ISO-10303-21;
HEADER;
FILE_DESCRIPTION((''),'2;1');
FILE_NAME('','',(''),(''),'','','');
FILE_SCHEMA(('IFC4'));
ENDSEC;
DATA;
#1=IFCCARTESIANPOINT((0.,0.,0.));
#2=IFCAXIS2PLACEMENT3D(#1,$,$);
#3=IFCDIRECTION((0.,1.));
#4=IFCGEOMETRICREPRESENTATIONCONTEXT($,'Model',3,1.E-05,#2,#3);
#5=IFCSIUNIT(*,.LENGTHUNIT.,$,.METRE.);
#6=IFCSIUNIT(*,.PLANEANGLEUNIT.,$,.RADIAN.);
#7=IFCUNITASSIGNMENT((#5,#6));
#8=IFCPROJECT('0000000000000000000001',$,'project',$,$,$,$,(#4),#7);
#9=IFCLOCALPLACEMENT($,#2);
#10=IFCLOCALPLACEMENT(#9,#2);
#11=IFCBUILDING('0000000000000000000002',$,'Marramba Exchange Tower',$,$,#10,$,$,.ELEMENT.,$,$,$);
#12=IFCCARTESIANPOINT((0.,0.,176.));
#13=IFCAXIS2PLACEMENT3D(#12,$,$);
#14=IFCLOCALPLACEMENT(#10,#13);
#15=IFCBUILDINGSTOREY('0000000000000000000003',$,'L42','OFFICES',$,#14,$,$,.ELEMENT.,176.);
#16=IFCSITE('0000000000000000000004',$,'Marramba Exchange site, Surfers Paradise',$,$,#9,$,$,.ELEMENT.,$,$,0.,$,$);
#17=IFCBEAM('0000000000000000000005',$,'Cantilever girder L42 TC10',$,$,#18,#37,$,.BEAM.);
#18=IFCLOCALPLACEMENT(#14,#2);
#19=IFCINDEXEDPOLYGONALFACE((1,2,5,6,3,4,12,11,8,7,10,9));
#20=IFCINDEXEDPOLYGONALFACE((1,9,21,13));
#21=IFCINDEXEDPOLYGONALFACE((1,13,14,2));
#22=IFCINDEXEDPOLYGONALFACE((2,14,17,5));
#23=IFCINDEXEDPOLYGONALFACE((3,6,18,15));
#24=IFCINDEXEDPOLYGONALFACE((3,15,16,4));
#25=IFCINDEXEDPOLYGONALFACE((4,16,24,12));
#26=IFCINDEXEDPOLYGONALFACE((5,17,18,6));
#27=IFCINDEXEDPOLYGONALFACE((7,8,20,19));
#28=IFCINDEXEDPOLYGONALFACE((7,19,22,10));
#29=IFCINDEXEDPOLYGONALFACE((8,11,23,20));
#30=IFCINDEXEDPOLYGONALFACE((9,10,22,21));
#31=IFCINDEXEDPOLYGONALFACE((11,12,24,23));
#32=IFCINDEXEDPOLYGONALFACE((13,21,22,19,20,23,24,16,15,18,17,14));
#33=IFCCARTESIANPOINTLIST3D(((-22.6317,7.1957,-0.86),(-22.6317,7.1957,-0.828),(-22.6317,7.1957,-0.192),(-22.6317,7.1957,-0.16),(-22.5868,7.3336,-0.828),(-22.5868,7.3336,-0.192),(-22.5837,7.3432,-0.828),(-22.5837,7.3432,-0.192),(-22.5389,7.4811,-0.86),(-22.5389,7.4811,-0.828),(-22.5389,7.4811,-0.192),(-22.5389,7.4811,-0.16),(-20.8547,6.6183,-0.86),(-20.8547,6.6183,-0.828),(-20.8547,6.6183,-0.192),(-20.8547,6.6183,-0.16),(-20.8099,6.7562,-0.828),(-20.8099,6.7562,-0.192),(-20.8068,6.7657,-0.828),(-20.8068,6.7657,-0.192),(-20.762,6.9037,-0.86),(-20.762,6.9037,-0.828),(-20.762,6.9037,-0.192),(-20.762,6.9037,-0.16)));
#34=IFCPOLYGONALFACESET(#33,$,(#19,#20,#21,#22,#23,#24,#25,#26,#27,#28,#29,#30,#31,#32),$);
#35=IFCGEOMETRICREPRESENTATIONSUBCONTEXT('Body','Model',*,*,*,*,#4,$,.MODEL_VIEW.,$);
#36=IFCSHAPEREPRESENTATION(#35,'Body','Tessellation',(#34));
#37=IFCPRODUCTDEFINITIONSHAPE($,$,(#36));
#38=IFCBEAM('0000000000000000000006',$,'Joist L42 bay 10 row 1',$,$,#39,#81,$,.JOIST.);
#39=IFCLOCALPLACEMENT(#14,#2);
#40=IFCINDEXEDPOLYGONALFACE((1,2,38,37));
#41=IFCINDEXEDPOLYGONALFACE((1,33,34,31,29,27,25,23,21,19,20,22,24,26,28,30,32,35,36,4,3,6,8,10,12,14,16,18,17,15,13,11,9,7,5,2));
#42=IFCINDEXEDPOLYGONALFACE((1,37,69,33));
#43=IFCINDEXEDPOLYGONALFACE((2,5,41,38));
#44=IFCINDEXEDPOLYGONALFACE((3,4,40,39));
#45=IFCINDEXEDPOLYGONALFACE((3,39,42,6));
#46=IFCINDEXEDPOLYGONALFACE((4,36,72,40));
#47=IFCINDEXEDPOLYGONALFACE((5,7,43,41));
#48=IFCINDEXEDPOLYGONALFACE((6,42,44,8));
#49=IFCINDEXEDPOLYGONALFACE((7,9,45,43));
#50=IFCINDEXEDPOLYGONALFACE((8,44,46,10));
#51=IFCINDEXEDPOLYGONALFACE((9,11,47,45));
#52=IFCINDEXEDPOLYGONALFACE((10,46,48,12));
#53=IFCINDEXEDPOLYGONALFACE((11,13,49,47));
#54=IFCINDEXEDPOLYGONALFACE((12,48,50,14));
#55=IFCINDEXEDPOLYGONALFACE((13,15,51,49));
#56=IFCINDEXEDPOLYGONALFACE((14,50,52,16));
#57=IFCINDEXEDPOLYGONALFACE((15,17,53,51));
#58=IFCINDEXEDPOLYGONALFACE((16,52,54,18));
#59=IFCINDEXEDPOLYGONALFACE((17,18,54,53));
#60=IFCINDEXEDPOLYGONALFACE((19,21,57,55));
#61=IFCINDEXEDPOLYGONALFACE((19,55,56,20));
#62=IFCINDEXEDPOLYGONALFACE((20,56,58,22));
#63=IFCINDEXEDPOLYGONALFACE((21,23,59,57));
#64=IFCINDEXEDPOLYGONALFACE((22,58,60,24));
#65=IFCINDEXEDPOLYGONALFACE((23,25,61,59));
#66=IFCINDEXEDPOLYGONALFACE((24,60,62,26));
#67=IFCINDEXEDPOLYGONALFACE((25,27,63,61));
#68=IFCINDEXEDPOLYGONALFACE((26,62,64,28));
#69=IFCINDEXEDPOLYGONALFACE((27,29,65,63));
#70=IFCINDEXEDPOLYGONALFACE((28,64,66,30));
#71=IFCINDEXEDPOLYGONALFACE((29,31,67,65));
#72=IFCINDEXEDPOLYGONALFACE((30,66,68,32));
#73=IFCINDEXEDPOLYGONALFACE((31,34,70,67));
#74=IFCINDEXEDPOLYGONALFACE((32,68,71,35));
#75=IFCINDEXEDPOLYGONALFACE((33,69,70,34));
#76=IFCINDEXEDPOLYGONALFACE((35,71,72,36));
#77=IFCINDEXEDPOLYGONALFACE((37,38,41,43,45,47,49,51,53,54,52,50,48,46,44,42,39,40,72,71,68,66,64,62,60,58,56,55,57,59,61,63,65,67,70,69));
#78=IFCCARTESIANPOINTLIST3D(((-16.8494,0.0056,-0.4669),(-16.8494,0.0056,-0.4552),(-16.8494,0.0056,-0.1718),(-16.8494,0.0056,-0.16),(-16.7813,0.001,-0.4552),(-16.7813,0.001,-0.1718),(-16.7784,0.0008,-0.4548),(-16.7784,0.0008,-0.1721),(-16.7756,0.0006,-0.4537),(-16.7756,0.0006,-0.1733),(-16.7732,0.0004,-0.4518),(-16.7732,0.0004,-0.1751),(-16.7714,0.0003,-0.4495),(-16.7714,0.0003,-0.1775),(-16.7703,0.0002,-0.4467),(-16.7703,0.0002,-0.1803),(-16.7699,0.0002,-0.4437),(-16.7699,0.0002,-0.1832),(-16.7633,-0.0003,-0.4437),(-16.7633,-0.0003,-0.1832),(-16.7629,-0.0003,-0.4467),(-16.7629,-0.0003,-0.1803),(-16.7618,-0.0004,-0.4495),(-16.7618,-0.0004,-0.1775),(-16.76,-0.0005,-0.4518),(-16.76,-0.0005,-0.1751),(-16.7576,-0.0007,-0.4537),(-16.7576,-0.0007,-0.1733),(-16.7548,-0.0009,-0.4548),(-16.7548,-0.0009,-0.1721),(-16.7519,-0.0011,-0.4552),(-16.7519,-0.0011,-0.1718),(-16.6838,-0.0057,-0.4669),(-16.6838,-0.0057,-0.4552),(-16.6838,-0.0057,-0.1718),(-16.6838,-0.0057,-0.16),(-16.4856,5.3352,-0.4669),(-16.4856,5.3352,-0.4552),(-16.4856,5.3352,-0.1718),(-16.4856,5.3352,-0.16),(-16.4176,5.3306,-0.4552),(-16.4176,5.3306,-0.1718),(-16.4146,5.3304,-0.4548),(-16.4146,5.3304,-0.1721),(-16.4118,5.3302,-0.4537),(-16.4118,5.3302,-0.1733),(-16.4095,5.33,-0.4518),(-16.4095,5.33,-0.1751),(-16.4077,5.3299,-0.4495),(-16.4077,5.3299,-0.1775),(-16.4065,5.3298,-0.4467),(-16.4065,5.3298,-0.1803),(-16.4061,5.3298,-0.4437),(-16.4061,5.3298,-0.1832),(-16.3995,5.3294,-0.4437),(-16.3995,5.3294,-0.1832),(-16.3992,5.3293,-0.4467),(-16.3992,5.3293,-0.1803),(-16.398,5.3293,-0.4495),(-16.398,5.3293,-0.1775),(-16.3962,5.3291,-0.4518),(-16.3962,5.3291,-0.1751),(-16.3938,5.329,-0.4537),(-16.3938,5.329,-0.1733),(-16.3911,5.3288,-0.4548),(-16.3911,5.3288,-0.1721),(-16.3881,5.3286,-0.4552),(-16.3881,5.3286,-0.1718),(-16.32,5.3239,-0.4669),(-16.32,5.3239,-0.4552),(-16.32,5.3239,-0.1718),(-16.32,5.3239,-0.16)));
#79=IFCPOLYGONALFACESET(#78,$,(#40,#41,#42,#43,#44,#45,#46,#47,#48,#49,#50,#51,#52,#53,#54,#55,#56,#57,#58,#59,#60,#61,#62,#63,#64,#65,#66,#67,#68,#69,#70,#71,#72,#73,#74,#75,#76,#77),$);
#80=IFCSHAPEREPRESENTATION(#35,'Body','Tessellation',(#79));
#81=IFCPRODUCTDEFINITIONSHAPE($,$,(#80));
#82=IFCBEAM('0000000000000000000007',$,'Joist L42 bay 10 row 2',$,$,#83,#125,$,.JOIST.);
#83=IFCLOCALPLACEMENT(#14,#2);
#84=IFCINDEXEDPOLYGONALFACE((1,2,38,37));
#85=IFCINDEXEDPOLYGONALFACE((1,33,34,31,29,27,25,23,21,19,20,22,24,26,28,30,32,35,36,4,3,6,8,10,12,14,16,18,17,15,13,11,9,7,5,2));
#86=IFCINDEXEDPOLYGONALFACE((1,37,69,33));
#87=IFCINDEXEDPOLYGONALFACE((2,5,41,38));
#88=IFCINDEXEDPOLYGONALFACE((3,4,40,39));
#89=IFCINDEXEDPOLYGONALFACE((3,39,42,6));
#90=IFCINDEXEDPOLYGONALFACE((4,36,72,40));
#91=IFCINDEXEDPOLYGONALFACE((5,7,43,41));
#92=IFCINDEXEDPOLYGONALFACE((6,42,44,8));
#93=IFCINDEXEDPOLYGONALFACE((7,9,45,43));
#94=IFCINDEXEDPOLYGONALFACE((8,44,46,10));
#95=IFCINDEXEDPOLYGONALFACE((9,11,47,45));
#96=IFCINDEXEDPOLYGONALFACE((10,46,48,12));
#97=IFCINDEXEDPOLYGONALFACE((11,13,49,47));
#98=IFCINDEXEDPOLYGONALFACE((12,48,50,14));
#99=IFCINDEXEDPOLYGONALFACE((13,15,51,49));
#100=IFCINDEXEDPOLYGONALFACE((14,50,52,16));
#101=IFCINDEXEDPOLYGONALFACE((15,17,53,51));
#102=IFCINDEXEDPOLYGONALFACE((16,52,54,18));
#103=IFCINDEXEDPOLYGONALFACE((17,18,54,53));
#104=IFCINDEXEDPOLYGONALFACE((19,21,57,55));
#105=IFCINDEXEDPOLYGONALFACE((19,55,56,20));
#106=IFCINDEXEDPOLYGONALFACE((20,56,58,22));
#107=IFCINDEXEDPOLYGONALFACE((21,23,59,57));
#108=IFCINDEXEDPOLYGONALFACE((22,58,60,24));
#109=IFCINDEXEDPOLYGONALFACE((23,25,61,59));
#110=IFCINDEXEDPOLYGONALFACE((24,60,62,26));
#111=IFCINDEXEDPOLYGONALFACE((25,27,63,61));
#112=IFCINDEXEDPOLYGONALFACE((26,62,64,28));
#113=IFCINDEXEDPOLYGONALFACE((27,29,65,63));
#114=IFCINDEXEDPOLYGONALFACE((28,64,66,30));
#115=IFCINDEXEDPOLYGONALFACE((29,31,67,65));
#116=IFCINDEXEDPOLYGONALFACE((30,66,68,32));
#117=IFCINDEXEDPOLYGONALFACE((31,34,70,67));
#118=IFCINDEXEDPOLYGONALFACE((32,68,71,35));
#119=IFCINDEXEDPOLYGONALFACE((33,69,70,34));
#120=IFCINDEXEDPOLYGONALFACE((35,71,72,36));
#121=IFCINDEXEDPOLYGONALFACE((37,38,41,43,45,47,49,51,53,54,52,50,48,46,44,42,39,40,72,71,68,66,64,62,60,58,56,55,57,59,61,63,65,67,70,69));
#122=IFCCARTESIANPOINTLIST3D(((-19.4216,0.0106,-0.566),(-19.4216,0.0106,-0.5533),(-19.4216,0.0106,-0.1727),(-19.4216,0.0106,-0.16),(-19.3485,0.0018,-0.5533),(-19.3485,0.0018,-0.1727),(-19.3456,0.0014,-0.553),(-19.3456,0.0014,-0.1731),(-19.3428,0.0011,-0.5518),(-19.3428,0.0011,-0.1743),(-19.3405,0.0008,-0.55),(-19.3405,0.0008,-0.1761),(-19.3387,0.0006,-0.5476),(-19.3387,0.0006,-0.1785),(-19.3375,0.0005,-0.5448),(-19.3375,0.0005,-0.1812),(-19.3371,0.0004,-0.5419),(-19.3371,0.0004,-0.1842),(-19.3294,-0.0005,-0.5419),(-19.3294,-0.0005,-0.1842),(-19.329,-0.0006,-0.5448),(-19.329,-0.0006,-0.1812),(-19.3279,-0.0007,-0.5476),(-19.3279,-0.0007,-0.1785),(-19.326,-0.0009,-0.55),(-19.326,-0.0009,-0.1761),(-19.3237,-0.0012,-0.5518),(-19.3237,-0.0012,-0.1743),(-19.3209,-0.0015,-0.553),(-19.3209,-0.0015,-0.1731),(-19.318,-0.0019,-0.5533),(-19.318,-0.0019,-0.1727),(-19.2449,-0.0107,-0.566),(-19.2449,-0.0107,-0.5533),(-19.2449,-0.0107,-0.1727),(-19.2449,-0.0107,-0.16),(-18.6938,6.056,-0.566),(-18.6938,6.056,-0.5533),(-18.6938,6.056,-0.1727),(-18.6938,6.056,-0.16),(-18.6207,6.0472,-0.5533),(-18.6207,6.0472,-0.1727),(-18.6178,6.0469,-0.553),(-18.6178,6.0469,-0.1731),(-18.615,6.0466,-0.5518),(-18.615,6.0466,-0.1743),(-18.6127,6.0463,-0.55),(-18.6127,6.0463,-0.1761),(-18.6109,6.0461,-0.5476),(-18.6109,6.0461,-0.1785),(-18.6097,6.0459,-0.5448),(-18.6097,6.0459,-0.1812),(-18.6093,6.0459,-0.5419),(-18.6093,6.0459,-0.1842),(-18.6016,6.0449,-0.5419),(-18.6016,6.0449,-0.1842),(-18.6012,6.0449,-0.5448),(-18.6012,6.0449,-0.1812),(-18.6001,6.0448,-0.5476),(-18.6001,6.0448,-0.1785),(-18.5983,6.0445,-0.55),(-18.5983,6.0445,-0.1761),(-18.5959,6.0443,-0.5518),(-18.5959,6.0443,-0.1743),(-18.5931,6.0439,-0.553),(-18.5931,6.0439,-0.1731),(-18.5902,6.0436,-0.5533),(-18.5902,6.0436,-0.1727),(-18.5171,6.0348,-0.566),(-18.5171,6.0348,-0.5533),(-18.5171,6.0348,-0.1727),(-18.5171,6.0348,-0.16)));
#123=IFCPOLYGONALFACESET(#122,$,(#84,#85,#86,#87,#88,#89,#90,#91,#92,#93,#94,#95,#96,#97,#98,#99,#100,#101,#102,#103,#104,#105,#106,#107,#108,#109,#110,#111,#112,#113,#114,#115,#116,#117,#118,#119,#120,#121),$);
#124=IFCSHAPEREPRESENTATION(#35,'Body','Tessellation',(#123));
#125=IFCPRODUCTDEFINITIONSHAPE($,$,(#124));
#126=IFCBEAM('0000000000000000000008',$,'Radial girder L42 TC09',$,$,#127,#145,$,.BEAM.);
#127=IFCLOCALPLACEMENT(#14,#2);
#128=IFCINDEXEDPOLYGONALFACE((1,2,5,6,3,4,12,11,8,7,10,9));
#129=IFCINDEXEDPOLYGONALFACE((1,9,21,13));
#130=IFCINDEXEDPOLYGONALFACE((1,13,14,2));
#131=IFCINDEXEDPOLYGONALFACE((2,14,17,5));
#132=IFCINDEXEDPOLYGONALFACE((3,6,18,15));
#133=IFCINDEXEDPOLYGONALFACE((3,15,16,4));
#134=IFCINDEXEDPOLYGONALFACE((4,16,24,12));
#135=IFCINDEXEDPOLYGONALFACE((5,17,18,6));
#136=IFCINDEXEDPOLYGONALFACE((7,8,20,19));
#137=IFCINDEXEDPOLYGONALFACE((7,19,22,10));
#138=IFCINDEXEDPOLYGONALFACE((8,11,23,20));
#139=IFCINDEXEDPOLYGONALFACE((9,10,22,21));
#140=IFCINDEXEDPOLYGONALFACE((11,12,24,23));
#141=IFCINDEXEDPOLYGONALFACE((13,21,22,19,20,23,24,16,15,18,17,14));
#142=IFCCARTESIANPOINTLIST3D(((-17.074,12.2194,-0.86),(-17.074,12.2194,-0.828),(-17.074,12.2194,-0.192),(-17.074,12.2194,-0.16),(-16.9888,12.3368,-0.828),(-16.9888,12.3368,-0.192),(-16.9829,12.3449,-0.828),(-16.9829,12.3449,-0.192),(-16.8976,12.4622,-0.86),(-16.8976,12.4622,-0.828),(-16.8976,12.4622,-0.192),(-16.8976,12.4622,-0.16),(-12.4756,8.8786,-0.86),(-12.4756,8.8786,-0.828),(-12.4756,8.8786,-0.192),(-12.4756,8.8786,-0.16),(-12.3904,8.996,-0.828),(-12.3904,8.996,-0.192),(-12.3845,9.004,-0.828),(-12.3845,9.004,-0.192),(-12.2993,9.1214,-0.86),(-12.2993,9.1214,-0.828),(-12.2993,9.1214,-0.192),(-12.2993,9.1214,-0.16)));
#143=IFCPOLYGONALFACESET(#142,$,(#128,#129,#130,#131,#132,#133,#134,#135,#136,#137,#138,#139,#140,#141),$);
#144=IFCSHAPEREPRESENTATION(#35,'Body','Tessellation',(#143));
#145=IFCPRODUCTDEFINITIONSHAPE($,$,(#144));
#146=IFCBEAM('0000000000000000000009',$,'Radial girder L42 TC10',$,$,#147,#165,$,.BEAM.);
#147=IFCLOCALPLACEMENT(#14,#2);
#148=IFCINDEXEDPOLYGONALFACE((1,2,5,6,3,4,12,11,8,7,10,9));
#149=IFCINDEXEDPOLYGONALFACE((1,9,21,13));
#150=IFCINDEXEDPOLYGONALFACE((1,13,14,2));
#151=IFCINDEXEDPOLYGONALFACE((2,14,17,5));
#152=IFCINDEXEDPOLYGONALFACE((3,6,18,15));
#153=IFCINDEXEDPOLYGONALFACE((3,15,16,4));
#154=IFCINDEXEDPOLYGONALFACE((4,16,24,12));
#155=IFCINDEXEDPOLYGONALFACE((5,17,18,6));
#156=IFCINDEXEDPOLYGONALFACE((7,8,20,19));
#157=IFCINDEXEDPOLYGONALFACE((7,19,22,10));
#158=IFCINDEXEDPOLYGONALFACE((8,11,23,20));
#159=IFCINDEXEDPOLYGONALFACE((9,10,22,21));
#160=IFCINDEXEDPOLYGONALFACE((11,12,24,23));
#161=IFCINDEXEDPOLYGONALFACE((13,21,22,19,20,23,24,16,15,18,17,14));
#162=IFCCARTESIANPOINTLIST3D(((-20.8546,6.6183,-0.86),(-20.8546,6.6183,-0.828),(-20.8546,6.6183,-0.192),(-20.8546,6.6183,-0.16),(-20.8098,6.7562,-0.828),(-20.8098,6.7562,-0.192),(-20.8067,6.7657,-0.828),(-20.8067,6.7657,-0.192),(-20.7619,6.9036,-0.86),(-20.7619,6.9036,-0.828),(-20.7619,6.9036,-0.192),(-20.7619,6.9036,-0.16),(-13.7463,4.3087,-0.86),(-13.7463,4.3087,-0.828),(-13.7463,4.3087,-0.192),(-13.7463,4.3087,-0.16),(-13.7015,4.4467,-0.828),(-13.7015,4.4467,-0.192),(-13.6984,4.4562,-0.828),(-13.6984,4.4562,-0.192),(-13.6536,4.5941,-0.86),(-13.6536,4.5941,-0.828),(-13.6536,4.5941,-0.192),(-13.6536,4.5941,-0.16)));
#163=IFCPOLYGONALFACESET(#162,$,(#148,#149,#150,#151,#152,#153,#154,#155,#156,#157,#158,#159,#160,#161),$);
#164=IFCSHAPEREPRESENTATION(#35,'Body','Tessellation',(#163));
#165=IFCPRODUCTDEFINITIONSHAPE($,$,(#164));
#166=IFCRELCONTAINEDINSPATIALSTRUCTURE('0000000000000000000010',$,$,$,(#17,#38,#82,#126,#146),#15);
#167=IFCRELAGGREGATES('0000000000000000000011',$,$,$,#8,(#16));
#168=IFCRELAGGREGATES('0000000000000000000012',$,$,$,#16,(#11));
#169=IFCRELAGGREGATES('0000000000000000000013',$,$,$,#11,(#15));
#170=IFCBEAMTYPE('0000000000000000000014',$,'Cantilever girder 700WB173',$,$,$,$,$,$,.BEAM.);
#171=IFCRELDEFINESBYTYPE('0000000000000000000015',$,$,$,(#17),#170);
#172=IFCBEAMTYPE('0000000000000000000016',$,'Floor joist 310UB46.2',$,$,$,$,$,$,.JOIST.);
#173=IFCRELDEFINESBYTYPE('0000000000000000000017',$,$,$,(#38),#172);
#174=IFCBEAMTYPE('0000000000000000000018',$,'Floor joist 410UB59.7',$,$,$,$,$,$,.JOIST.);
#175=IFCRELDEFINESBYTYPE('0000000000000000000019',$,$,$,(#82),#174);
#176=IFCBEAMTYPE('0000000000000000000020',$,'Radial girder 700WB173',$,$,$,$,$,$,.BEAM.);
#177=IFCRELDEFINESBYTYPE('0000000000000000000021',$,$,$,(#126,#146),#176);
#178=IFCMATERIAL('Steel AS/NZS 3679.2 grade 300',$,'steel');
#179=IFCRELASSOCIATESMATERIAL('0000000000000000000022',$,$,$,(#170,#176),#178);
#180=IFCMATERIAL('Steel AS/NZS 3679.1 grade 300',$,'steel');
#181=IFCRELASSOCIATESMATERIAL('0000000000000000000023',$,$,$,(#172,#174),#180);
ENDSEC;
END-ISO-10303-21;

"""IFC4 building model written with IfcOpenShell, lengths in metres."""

from ifc_helpers import new_model, si_unit, direction, frame, origin, origin_2d, place, context, subcontext, project, spatial, i_section, extrude, material, material_profile, profile_set, type_object, element, save


model = new_model("IFC4")

# Units and contexts
model_context = context("Model", 3, precision=1e-05, world=origin(), true_north=direction((0.0, 1.0)))
body_context = subcontext(model_context, "Body", "Model", "MODEL_VIEW")
ifc_project = project(units=[si_unit("LENGTHUNIT", "METRE"), si_unit("PLANEANGLEUNIT", "RADIAN")], contexts=[model_context])

# Site, building, storey
site_placement = place(None, origin())
site = spatial("IfcSite", under=ifc_project, at=site_placement, Name="Marramba Exchange site, Surfers Paradise", CompositionType="ELEMENT", RefElevation=0.0)
building_placement = place(site_placement, origin())
building = spatial("IfcBuilding", under=site, at=building_placement, Name="Marramba Exchange Tower", CompositionType="ELEMENT")
storey_placement = place(building_placement, frame((0.0, 0.0, 176.0)))
storey = spatial("IfcBuildingStorey", under=building, at=storey_placement, Name="L42", Description="OFFICES", CompositionType="ELEMENT", Elevation=176.0)

# Beams
ifc_material_1 = material(Name="Steel AS/NZS 3679.2 grade 300", Category="steel")
ifc_material_profile_1 = material_profile(ifc_material_1, i_section(OverallWidth=0.3, OverallDepth=0.7, WebThickness=0.01, FlangeThickness=0.032, at=origin_2d()), Name="700WB173")
ifc_profile_set_1 = profile_set([ifc_material_profile_1], Name="Steel AS/NZS 3679.2 grade 300")
beam_type_1 = type_object("IfcBeamType", Name="Cantilever girder 700WB173", PredefinedType="BEAM", material=ifc_profile_set_1)
beam_1_placement = place(storey_placement, frame((-20.8083, 6.761, -0.51), z_axis=(-0.951048, 0.309045, 0.0), x_axis=(-0.309045, -0.951048, 0.0)))
element("IfcBeam", 1, at=beam_1_placement, inside=storey, type_object=beam_type_1, Name="Cantilever girder L42 TC10", PredefinedType="BEAM", context=body_context, shape_type="SweptSolid", body=[
    extrude(i_section(OverallWidth=0.3, OverallDepth=0.7, WebThickness=0.01, FlangeThickness=0.032, at=origin_2d()), origin(), (0.0, 0.0, 1.0), 1.8684),
])
ifc_material_2 = material(Name="Steel AS/NZS 3679.1 grade 300", Category="steel")
ifc_material_profile_2 = material_profile(ifc_material_2, i_section(OverallWidth=0.166, OverallDepth=0.3069, WebThickness=0.0066, FlangeThickness=0.0117, FilletRadius=0.0115, at=origin_2d()), Name="310UB46.2")
ifc_profile_set_2 = profile_set([ifc_material_profile_2], Name="Steel AS/NZS 3679.1 grade 300")
beam_type_2 = type_object("IfcBeamType", Name="Floor joist 310UB46.2", PredefinedType="JOIST", material=ifc_profile_set_2)
beam_2_placement = place(storey_placement, frame((-16.4028, 5.3296, -0.3135), z_axis=(-0.068096, -0.997679, 0.0), x_axis=(0.997679, -0.068096, 0.0)))
element("IfcBeam", 2, at=beam_2_placement, inside=storey, type_object=beam_type_2, Name="Joist L42 bay 10 row 1", PredefinedType="JOIST", context=body_context, shape_type="SweptSolid", body=[
    extrude(i_section(OverallWidth=0.166, OverallDepth=0.3069, WebThickness=0.0066, FlangeThickness=0.0117, FilletRadius=0.0115, at=origin_2d()), origin(), (0.0, 0.0, 1.0), 5.342),
])
ifc_material_profile_3 = material_profile(ifc_material_2, i_section(OverallWidth=0.178, OverallDepth=0.406, WebThickness=0.0078, FlangeThickness=0.0127, FilletRadius=0.0115, at=origin_2d()), Name="410UB59.7")
ifc_profile_set_3 = profile_set([ifc_material_profile_3], Name="Steel AS/NZS 3679.1 grade 300")
beam_type_3 = type_object("IfcBeamType", Name="Floor joist 410UB59.7", PredefinedType="JOIST", material=ifc_profile_set_3)
beam_3_placement = place(storey_placement, frame((-18.6055, 6.0454, -0.363), z_axis=(-0.119523, -0.992831, 0.0), x_axis=(0.992831, -0.119523, 0.0)))
element("IfcBeam", 3, at=beam_3_placement, inside=storey, type_object=beam_type_3, Name="Joist L42 bay 10 row 2", PredefinedType="JOIST", context=body_context, shape_type="SweptSolid", body=[
    extrude(i_section(OverallWidth=0.178, OverallDepth=0.406, WebThickness=0.0078, FlangeThickness=0.0127, FilletRadius=0.0115, at=origin_2d()), origin(), (0.0, 0.0, 1.0), 6.0891),
])
ifc_material_profile_4 = material_profile(ifc_material_1, i_section(OverallWidth=0.3, OverallDepth=0.7, WebThickness=0.01, FlangeThickness=0.032, at=origin_2d()), Name="700WB173")
ifc_profile_set_4 = profile_set([ifc_material_profile_4], Name="Steel AS/NZS 3679.2 grade 300")
beam_type_4 = type_object("IfcBeamType", Name="Radial girder 700WB173", PredefinedType="BEAM", material=ifc_profile_set_4)
beam_4_placement = place(storey_placement, frame((-12.3875, 9.0, -0.51), z_axis=(-0.809026, 0.587773, 0.0), x_axis=(-0.587773, -0.809026, 0.0)))
element("IfcBeam", 4, at=beam_4_placement, inside=storey, type_object=beam_type_4, Name="Radial girder L42 TC09", PredefinedType="BEAM", context=body_context, shape_type="SweptSolid", body=[
    extrude(i_section(OverallWidth=0.3, OverallDepth=0.7, WebThickness=0.01, FlangeThickness=0.032, at=origin_2d()), origin(), (0.0, 0.0, 1.0), 5.6838),
])
beam_5_placement = place(storey_placement, frame((-13.7, 4.4514, -0.51), z_axis=(-0.95106, 0.309006, 0.0), x_axis=(-0.309006, -0.95106, 0.0)))
element("IfcBeam", 5, at=beam_5_placement, inside=storey, type_object=beam_type_4, Name="Radial girder L42 TC10", PredefinedType="BEAM", context=body_context, shape_type="SweptSolid", body=[
    extrude(i_section(OverallWidth=0.3, OverallDepth=0.7, WebThickness=0.01, FlangeThickness=0.032, at=origin_2d()), origin(), (0.0, 0.0, 1.0), 7.4741),
])

save(model, "model.ifc")
